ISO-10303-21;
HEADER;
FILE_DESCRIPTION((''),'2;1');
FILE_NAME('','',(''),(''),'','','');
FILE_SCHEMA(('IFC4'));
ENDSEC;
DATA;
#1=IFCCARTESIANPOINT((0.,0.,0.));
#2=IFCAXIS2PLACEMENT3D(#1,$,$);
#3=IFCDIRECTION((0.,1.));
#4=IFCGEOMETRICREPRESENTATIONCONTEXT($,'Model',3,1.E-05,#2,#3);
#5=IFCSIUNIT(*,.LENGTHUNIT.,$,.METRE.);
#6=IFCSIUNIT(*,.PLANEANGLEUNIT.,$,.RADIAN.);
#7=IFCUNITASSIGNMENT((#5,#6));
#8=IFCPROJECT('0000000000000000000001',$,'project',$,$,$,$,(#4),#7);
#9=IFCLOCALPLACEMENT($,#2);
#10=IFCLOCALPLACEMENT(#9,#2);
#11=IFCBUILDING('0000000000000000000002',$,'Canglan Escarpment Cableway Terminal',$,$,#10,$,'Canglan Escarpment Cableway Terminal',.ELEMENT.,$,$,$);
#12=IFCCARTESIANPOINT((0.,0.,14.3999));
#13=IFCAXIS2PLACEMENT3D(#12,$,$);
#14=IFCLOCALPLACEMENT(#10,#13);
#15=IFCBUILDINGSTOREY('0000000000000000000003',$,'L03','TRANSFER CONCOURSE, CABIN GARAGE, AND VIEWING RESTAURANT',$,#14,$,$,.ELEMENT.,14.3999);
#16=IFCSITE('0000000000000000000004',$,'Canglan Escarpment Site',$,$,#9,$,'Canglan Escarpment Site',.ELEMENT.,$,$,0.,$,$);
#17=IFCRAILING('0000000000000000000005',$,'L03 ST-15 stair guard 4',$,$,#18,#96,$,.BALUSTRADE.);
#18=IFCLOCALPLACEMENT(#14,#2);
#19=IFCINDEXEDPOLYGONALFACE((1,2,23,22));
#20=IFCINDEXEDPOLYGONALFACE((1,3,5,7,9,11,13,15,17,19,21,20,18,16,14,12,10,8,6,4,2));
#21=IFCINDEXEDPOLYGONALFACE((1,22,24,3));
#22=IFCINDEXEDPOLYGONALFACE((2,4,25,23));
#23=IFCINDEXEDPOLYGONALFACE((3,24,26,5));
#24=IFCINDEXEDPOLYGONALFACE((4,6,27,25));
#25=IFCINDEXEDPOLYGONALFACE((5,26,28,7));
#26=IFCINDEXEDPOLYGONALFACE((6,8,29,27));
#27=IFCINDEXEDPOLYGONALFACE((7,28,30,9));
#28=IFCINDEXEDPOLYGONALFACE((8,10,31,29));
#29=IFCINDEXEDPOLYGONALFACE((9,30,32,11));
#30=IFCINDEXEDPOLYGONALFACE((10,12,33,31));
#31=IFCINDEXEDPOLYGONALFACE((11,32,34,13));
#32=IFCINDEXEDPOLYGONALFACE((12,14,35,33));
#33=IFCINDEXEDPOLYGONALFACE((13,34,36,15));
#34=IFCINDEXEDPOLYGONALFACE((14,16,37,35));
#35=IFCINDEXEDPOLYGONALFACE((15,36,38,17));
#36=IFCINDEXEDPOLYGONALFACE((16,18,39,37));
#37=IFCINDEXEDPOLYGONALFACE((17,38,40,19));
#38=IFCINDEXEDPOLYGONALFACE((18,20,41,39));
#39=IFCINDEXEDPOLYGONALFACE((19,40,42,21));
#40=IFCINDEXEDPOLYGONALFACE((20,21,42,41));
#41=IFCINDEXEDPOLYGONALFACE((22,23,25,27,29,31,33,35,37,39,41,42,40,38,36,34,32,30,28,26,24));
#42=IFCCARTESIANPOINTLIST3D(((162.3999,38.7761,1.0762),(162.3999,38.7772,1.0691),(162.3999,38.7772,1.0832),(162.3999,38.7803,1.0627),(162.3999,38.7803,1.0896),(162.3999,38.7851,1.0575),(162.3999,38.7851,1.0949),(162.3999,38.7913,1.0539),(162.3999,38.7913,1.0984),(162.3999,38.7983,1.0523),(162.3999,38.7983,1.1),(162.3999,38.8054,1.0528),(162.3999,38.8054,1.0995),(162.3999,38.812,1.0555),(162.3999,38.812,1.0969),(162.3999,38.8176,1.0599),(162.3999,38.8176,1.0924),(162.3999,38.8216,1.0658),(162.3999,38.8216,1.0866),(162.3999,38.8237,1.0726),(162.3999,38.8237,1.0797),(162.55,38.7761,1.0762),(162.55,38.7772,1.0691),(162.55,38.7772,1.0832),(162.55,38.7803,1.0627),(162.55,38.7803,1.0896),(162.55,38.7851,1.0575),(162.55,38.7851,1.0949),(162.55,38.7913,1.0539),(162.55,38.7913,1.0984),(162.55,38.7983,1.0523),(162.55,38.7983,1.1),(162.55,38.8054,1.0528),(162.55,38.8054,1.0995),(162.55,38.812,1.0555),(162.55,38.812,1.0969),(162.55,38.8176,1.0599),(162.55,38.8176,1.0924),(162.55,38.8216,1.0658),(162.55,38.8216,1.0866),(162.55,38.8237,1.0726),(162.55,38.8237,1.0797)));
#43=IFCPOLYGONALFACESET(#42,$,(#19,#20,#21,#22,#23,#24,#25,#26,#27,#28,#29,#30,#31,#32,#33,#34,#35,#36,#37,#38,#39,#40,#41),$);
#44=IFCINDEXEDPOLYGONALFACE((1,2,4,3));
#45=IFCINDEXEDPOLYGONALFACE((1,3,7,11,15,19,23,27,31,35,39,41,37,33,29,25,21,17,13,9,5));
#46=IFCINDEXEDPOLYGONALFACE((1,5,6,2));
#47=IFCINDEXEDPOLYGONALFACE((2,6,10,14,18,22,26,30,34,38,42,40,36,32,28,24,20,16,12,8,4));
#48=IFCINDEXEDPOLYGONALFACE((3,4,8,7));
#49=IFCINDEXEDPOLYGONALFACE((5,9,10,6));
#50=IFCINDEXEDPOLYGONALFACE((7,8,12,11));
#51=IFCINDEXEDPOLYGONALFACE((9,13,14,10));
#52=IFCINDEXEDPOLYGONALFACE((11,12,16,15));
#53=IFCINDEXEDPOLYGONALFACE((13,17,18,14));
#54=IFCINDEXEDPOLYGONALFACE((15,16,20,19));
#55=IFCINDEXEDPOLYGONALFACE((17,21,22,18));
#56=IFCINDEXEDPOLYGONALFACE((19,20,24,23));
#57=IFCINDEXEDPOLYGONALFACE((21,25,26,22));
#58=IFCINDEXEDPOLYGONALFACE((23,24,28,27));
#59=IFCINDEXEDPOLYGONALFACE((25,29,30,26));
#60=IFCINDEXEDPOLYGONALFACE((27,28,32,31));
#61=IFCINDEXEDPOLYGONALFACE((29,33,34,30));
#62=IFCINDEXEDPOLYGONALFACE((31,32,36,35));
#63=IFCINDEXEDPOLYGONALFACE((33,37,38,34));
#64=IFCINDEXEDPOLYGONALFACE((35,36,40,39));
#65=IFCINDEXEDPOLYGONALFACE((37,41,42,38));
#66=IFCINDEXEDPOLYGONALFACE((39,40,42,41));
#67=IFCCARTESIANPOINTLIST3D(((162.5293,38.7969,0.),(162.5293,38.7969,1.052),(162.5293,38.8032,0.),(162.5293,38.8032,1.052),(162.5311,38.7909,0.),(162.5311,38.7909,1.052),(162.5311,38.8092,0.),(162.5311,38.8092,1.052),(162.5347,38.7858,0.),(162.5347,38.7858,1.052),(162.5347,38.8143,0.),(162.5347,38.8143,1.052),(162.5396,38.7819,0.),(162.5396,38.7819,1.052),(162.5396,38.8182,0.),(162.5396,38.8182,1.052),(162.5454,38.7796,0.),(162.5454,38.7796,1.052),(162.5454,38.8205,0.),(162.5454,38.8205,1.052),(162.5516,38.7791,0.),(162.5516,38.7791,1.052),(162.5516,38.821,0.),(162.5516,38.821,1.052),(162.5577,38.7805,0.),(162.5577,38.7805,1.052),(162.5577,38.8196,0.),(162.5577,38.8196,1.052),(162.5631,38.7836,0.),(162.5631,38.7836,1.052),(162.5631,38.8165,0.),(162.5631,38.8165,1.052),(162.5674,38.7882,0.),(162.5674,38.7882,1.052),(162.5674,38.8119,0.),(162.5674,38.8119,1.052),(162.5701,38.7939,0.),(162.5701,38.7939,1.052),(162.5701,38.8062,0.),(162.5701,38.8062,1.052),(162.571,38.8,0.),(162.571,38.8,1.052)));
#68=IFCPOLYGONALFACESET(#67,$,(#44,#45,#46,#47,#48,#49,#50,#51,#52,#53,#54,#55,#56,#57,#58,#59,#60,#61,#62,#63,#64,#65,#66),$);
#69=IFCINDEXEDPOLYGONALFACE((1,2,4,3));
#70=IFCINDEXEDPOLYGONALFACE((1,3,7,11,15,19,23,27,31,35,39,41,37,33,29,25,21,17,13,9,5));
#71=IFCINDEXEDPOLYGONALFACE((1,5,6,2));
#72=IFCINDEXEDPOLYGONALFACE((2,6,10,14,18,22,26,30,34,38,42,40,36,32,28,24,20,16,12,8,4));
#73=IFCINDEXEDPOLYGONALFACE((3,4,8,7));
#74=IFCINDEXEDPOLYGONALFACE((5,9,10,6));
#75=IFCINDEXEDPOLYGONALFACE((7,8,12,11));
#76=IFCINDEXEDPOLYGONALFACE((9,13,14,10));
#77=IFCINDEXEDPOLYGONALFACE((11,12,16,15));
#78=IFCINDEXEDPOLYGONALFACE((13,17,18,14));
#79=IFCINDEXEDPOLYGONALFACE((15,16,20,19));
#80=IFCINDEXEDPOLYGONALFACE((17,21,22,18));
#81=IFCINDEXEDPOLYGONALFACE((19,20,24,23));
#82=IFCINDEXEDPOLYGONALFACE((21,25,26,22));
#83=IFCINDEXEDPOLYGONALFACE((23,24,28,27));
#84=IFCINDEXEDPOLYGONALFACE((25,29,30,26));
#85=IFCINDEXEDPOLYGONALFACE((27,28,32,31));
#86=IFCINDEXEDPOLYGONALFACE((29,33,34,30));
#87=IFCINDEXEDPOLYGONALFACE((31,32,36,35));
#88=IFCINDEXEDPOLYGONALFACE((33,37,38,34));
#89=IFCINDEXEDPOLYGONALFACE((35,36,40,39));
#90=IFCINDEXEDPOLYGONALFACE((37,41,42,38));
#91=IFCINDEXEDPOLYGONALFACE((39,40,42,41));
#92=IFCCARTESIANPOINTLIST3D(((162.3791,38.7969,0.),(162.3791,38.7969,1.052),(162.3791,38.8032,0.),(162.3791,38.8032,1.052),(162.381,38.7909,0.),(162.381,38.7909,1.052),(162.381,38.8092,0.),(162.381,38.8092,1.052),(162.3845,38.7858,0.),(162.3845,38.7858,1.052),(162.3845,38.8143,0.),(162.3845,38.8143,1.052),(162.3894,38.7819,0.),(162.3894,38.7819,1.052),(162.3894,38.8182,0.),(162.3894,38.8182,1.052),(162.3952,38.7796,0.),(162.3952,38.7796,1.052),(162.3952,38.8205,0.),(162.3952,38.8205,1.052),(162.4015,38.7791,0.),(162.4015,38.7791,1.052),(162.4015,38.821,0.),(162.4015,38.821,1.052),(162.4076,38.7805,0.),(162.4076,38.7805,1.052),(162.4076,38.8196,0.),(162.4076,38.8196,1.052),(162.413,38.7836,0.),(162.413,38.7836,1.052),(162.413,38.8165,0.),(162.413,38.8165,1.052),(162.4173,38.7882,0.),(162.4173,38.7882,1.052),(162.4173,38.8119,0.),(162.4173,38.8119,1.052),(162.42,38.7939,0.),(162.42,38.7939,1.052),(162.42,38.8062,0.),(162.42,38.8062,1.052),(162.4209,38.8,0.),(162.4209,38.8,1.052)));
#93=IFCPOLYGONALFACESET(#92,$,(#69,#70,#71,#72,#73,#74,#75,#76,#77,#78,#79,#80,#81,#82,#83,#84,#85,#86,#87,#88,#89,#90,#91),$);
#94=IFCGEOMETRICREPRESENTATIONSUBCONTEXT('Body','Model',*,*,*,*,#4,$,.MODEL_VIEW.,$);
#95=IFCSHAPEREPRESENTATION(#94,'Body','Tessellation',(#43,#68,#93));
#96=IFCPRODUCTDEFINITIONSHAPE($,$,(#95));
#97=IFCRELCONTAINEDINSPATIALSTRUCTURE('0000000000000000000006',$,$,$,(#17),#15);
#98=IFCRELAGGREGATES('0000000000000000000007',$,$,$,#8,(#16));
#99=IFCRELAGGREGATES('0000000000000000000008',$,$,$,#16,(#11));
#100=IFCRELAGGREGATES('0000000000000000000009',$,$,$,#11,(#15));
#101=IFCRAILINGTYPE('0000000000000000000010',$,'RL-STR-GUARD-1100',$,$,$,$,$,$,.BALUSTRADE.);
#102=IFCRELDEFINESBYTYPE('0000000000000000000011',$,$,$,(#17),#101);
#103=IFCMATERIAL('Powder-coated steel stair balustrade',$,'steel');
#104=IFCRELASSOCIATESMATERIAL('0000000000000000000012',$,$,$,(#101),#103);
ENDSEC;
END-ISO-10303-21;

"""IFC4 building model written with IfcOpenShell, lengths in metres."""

from ifc_helpers import new_model, si_unit, direction, frame, origin, origin_2d, place, context, subcontext, project, spatial, circle, extrude, material, type_object, element, save


model = new_model("IFC4")

# Units and contexts
model_context = context("Model", 3, precision=1e-05, world=origin(), true_north=direction((0.0, 1.0)))
body_context = subcontext(model_context, "Body", "Model", "MODEL_VIEW")
ifc_project = project(units=[si_unit("LENGTHUNIT", "METRE"), si_unit("PLANEANGLEUNIT", "RADIAN")], contexts=[model_context])

# Site, building, storey
site_placement = place(None, origin())
site = spatial("IfcSite", under=ifc_project, at=site_placement, Name="Canglan Escarpment Site", LongName="Canglan Escarpment Site", CompositionType="ELEMENT", RefElevation=0.0)
building_placement = place(site_placement, origin())
building = spatial("IfcBuilding", under=site, at=building_placement, Name="Canglan Escarpment Cableway Terminal", LongName="Canglan Escarpment Cableway Terminal", CompositionType="ELEMENT")
storey_placement = place(building_placement, frame((0.0, 0.0, 14.3999)))
storey = spatial("IfcBuildingStorey", under=building, at=storey_placement, Name="L03", Description="TRANSFER CONCOURSE, CABIN GARAGE, AND VIEWING RESTAURANT", CompositionType="ELEMENT", Elevation=14.3999)

# Railing
ifc_material_1 = material(Name="Powder-coated steel stair balustrade", Category="steel")
railing_type_1 = type_object("IfcRailingType", Name="RL-STR-GUARD-1100", PredefinedType="BALUSTRADE", material=ifc_material_1)
railing_1_placement = place(storey_placement, frame((162.55, 38.8, 0.0)))
element("IfcRailing", 1, at=railing_1_placement, inside=storey, type_object=railing_type_1, Name="L03 ST-15 stair guard 4", PredefinedType="BALUSTRADE", context=body_context, shape_type="SweptSolid", body=[
    extrude(circle(Radius=0.0239, at=origin_2d()), frame((0.0, 0.0, 1.0762), z_axis=(-1.0, 0.0, 0.0), x_axis=(0.0, -1.0, 0.0)), (0.0, 0.0, 1.0), 0.1501),
    extrude(circle(Radius=0.021, at=origin_2d()), origin(), (0.0, 0.0, 1.0), 1.052),
    extrude(circle(Radius=0.021, at=origin_2d()), frame((-0.1501, 0.0, 0.0)), (0.0, 0.0, 1.0), 1.052),
])

save(model, "model.ifc")
